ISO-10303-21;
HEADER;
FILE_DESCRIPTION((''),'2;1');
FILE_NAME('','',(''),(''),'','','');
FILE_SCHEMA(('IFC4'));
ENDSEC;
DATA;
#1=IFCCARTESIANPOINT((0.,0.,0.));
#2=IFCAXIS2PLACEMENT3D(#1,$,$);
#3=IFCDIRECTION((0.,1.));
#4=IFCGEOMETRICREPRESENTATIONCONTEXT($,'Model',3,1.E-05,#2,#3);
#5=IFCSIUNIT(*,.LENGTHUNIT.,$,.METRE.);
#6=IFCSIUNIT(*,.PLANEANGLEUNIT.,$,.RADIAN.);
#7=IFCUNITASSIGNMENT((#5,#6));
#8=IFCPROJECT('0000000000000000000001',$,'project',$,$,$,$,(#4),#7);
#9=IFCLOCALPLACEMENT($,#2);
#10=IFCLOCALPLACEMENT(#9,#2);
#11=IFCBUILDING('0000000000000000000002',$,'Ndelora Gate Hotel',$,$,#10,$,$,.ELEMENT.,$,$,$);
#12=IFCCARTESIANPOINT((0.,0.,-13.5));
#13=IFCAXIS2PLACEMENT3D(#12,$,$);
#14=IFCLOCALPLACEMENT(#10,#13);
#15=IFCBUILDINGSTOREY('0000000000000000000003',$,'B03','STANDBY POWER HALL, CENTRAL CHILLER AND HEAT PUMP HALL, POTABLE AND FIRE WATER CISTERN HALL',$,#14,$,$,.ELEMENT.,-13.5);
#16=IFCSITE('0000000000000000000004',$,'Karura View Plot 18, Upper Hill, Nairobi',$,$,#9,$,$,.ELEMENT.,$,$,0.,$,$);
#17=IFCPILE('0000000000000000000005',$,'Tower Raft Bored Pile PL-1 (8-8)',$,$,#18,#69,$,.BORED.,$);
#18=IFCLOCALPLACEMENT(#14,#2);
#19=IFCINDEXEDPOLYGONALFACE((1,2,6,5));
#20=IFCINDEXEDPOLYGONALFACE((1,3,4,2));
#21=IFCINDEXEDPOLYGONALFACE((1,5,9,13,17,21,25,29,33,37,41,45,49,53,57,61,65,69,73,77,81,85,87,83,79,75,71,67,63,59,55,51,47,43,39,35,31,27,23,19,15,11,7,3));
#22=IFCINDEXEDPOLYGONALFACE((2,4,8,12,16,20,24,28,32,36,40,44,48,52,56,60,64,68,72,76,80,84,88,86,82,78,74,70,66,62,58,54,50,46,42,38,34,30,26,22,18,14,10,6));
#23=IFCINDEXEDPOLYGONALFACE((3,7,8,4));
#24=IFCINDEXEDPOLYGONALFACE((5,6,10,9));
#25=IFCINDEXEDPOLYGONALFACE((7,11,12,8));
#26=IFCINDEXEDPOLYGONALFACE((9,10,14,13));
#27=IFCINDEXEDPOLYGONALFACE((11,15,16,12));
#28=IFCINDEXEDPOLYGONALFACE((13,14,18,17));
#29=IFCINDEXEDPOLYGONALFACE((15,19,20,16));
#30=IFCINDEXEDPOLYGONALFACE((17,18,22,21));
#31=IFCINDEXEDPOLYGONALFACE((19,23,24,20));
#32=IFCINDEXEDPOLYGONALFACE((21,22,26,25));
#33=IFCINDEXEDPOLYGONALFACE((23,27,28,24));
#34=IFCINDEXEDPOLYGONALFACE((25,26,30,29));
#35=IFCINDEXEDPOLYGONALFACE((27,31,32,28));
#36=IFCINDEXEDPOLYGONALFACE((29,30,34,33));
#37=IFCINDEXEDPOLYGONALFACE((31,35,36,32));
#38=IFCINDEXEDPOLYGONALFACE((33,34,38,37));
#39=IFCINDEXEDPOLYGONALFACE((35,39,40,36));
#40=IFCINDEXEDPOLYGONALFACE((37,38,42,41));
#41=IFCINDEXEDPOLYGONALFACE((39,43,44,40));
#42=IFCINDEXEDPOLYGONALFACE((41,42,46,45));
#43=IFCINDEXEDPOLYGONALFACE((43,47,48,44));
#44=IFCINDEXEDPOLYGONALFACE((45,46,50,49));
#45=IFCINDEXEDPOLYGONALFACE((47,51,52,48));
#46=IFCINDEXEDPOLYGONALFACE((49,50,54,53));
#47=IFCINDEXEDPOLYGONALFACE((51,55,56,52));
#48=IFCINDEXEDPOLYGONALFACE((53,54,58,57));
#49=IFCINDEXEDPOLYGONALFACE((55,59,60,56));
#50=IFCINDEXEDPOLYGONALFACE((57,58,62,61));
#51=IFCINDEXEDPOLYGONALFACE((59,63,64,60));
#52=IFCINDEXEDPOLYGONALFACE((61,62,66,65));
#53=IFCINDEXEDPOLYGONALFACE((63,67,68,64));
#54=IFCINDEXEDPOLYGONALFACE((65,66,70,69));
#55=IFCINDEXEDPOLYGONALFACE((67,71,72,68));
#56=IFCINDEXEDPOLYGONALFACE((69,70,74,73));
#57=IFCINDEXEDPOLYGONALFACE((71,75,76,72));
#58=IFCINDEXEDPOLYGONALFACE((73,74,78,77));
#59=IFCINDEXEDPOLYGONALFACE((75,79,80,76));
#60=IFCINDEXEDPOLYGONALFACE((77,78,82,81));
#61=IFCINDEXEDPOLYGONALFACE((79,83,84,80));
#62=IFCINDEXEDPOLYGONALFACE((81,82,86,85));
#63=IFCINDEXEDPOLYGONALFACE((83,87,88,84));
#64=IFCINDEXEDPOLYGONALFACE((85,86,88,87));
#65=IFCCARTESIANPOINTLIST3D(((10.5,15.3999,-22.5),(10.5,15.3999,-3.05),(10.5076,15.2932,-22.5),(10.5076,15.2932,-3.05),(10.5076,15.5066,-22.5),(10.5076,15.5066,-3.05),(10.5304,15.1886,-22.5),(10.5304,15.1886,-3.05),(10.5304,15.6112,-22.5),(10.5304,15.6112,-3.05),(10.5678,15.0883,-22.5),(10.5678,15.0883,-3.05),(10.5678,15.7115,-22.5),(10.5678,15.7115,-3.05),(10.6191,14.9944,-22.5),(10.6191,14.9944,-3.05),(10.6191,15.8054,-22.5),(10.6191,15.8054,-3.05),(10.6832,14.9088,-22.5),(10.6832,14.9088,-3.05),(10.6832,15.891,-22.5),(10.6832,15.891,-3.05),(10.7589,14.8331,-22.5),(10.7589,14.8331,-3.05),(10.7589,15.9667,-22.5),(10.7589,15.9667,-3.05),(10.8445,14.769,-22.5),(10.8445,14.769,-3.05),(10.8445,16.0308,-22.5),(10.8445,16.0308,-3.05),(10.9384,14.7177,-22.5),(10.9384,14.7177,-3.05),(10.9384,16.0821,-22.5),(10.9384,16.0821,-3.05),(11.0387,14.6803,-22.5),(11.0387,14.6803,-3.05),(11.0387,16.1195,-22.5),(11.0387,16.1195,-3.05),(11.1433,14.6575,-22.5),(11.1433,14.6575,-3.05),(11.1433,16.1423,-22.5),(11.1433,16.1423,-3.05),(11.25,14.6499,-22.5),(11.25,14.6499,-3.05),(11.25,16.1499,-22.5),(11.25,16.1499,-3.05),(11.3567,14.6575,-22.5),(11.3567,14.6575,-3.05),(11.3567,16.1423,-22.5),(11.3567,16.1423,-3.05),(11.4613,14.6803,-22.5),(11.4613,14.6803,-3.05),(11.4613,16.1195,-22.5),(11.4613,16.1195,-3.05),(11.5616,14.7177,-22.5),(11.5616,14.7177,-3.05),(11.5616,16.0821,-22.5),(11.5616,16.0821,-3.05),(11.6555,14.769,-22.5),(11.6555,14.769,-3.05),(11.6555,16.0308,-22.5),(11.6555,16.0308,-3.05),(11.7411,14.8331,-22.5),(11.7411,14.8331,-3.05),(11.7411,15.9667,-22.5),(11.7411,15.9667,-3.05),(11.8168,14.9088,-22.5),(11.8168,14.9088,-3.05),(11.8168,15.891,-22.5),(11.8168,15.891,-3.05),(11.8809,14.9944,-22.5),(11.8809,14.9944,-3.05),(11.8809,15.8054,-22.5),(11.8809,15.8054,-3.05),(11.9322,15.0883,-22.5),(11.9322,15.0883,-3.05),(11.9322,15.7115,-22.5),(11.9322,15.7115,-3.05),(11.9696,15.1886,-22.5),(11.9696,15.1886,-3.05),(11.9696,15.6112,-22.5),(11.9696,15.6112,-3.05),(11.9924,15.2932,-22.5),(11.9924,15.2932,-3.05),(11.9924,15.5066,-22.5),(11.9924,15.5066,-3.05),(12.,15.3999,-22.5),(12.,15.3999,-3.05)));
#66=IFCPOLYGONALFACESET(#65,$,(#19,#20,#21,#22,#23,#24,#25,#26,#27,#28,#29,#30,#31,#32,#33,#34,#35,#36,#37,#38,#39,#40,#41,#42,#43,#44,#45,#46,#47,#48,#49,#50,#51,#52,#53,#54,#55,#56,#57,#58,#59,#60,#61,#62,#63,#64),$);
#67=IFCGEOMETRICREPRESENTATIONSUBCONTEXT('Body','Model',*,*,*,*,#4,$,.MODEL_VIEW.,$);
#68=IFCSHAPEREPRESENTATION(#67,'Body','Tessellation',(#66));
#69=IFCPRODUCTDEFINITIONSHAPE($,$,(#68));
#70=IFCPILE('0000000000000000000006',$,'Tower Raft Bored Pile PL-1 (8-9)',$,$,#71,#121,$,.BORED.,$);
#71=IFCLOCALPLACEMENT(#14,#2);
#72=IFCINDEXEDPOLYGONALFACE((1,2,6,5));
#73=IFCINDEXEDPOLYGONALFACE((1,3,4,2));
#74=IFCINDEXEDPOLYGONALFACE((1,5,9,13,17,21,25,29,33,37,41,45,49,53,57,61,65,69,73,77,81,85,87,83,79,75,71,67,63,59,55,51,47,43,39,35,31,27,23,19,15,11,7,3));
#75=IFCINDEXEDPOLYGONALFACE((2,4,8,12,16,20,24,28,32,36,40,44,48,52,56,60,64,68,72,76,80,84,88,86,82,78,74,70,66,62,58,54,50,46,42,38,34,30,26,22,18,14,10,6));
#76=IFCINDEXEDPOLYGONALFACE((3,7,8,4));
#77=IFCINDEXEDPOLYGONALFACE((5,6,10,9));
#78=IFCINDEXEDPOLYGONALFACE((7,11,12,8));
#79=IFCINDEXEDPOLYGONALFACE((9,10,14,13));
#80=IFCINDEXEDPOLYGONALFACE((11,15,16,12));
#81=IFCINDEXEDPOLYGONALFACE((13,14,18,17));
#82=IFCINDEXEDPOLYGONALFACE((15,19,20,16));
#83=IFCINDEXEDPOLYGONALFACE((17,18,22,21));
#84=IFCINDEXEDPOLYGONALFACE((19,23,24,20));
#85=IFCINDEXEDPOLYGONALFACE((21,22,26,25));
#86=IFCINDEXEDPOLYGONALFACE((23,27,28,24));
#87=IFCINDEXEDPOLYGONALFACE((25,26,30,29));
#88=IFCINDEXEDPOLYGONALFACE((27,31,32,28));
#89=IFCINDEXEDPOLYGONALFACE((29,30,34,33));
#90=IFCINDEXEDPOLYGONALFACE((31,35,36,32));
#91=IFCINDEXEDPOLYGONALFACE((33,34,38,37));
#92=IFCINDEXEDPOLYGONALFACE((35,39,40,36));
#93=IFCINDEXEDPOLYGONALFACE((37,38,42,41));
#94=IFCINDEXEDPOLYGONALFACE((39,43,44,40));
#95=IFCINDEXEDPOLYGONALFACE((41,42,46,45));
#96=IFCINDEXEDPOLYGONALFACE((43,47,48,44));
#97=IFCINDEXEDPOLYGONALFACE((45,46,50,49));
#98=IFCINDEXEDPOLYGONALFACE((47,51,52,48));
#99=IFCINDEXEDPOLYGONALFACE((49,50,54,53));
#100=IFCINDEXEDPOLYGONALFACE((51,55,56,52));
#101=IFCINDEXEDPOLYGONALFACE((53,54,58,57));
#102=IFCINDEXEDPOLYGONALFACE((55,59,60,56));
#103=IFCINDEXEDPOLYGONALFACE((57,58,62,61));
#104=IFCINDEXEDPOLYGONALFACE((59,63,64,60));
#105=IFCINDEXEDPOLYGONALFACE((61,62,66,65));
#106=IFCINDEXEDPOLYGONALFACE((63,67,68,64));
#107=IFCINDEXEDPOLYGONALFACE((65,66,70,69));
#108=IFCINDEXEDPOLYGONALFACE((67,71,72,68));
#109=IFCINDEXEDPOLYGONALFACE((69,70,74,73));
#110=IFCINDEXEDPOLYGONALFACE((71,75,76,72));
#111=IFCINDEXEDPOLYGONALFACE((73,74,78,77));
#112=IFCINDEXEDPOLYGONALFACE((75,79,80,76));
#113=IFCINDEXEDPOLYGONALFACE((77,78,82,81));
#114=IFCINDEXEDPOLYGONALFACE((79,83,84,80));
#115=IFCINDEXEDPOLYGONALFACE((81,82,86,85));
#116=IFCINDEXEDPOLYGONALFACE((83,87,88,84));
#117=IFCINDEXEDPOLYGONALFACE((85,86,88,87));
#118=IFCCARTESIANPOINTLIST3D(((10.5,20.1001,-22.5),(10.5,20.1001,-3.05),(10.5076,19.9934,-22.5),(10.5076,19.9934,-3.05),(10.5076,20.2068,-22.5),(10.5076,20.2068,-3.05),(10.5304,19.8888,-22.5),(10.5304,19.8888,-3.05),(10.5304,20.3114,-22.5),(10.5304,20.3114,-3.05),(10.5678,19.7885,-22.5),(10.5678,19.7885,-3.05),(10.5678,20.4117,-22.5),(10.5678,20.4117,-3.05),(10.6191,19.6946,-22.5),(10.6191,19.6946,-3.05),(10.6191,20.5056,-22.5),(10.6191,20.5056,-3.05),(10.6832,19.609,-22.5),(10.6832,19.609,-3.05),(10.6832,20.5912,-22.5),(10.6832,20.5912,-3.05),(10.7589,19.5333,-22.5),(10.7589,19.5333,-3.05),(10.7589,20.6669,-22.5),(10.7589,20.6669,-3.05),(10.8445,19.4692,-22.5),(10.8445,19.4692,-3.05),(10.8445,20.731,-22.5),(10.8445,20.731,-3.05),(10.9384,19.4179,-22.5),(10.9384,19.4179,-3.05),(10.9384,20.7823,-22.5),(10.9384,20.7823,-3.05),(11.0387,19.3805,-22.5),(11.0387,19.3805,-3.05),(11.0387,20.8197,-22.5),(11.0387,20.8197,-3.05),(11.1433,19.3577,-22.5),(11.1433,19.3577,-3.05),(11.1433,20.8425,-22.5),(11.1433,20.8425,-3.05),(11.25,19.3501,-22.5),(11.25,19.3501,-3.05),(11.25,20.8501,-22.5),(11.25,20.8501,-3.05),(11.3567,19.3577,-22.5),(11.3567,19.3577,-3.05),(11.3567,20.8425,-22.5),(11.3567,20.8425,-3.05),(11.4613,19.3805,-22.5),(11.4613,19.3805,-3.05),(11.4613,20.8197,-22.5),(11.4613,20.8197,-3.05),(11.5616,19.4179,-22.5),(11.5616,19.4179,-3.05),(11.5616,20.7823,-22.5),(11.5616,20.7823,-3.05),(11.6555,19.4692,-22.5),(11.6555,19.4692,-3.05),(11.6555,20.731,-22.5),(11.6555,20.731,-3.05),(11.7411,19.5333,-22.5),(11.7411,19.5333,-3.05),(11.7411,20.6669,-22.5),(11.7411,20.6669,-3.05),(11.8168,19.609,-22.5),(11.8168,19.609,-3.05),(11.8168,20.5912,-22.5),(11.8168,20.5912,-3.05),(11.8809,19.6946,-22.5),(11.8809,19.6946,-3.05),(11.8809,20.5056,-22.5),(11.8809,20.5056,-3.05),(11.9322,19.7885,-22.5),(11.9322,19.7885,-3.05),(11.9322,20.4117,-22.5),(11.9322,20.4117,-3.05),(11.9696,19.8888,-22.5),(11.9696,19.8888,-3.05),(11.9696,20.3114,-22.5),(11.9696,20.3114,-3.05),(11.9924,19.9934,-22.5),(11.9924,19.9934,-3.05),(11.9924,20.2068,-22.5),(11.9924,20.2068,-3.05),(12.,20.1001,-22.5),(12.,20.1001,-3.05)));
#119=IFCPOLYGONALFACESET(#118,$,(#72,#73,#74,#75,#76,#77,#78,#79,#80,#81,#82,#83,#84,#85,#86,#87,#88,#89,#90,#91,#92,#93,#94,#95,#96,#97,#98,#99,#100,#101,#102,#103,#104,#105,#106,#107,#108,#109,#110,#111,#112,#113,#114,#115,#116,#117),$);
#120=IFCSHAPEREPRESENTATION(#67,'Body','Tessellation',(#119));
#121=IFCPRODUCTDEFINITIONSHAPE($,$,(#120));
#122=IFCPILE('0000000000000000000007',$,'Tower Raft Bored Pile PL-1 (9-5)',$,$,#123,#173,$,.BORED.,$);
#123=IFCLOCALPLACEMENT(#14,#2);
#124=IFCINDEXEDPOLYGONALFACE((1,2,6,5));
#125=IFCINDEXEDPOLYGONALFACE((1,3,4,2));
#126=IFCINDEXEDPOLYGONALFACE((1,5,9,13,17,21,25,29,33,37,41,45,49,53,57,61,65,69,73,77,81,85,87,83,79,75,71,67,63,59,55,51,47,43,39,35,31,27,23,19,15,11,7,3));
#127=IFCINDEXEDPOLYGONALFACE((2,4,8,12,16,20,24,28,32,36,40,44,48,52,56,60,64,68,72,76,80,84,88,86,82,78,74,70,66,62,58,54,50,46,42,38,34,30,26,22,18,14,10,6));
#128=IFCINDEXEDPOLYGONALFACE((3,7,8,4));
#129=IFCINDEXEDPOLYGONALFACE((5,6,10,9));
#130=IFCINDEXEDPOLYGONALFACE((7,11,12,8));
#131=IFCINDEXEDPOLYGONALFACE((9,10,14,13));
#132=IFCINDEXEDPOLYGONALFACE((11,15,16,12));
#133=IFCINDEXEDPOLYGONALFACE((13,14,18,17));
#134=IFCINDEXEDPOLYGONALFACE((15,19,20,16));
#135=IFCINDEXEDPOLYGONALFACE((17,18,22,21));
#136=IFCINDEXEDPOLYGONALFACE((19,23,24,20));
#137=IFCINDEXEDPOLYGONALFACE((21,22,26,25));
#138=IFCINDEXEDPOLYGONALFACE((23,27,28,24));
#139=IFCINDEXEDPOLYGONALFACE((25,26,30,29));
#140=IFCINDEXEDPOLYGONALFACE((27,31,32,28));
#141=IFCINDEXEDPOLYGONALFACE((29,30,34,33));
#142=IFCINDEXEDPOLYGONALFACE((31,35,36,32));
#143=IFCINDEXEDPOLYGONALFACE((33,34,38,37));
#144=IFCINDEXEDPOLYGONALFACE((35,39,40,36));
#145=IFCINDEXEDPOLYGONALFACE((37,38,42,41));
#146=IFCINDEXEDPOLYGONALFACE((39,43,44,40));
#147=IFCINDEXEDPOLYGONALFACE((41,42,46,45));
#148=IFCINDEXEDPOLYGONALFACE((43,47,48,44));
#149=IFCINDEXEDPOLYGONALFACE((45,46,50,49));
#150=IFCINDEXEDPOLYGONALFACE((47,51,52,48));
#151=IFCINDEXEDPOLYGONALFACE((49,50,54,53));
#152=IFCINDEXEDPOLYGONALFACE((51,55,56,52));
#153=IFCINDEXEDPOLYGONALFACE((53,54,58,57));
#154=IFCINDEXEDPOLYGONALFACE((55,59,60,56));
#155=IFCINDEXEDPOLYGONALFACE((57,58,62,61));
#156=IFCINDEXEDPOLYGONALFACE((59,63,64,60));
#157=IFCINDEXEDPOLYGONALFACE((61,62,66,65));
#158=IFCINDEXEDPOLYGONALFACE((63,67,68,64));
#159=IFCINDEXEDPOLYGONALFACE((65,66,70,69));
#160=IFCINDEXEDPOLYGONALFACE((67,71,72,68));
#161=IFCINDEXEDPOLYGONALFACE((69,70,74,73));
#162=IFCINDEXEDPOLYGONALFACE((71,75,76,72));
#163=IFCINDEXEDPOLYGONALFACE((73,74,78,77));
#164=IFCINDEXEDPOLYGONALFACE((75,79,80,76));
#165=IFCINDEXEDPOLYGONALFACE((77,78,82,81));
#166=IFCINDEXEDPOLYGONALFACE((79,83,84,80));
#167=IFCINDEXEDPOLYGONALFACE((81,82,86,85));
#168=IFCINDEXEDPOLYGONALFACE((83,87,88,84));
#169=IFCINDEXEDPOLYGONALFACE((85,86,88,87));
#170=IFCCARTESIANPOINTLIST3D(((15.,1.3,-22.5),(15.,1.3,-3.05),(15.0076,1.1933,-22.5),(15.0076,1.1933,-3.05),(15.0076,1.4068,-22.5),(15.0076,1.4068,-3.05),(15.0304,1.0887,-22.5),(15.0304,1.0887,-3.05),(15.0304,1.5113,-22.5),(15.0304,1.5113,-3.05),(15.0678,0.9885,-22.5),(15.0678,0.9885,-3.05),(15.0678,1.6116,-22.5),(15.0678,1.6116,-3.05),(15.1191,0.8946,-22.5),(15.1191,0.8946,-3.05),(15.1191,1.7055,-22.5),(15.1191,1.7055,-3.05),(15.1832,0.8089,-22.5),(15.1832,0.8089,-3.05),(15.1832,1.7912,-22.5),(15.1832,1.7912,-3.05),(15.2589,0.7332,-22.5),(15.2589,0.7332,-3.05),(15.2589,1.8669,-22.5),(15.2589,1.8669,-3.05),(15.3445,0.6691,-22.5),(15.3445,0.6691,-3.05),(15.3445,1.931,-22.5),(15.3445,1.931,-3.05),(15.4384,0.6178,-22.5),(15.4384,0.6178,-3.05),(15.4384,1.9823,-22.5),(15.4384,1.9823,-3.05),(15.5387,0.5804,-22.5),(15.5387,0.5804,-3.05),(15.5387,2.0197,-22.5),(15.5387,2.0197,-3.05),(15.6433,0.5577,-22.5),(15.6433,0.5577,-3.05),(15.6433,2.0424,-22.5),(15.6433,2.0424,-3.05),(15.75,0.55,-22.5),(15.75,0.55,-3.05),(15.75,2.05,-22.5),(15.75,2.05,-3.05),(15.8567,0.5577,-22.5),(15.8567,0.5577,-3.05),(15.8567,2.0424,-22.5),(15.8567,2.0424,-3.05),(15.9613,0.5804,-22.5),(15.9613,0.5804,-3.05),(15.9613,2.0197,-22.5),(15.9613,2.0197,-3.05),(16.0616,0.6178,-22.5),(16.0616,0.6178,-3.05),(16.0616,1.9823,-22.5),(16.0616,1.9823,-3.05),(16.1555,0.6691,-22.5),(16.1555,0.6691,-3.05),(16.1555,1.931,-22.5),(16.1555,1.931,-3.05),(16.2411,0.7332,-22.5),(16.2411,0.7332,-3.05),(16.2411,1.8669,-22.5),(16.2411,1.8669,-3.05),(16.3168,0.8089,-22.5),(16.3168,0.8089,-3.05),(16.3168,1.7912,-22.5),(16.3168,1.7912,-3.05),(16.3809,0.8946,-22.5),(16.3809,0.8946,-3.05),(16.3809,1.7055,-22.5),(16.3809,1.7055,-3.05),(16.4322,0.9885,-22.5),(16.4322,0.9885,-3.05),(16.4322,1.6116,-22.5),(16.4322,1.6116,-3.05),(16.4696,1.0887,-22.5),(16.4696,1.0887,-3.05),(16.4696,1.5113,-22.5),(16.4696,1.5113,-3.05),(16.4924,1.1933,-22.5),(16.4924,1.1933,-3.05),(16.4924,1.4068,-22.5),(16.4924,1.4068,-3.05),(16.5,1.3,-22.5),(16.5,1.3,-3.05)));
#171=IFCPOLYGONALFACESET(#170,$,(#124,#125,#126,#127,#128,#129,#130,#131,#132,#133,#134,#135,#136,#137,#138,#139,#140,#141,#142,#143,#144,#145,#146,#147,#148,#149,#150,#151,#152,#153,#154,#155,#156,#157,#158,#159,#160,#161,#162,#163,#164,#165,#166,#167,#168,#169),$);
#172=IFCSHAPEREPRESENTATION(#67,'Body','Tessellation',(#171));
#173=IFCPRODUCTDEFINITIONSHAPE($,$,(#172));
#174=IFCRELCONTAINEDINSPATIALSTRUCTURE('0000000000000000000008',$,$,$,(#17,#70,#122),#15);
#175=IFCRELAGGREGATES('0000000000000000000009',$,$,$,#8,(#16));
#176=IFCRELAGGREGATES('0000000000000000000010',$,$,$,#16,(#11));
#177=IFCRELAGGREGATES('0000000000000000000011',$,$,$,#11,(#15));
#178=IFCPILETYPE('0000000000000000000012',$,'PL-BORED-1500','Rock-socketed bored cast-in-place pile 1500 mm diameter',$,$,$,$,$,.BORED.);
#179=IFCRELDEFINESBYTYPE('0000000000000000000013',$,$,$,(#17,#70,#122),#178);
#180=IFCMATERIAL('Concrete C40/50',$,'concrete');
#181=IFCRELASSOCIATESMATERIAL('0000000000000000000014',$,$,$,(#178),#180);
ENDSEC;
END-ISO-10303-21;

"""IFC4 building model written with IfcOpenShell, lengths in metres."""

from ifc_helpers import new_model, si_unit, direction, frame, origin, origin_2d, place, context, subcontext, project, spatial, circle, extrude, material, material_profile, profile_set, type_object, element, save


model = new_model("IFC4")

# Units and contexts
model_context = context("Model", 3, precision=1e-05, world=origin(), true_north=direction((0.0, 1.0)))
body_context = subcontext(model_context, "Body", "Model", "MODEL_VIEW")
ifc_project = project(units=[si_unit("LENGTHUNIT", "METRE"), si_unit("PLANEANGLEUNIT", "RADIAN")], contexts=[model_context])

# Site, building, storey
site_placement = place(None, origin())
site = spatial("IfcSite", under=ifc_project, at=site_placement, Name="Karura View Plot 18, Upper Hill, Nairobi", CompositionType="ELEMENT", RefElevation=0.0)
building_placement = place(site_placement, origin())
building = spatial("IfcBuilding", under=site, at=building_placement, Name="Ndelora Gate Hotel", CompositionType="ELEMENT")
storey_placement = place(building_placement, frame((0.0, 0.0, -13.5)))
storey = spatial("IfcBuildingStorey", under=building, at=storey_placement, Name="B03", Description="STANDBY POWER HALL, CENTRAL CHILLER AND HEAT PUMP HALL, POTABLE AND FIRE WATER CISTERN HALL", CompositionType="ELEMENT", Elevation=-13.5)

# Piles
ifc_material_1 = material(Name="Concrete C40/50", Category="concrete")
ifc_material_profile_1 = material_profile(ifc_material_1, circle(Radius=0.75, at=origin_2d()), Name="PILE D1500")
ifc_profile_set_1 = profile_set([ifc_material_profile_1], Name="Concrete C40/50")
pile_type = type_object("IfcPileType", Name="PL-BORED-1500", Description="Rock-socketed bored cast-in-place pile 1500 mm diameter", PredefinedType="BORED", material=ifc_profile_set_1)
for number, where, z_axis, x_axis, name in (
    (1, (11.25, 15.3999, -3.05), (0.0, 0.0, -1.0), (1.0, 0.0, 0.0), "Tower Raft Bored Pile PL-1 (8-8)"),
    (2, (11.25, 20.1001, -3.05), (0.0, 0.0, -1.0), (1.0, 0.0, 0.0), "Tower Raft Bored Pile PL-1 (8-9)"),
    (3, (15.75, 1.3, -3.05), (0.0, 0.0, -1.0), (1.0, 0.0, 0.0), "Tower Raft Bored Pile PL-1 (9-5)"),
):
    element("IfcPile", number, at=place(storey_placement, frame(where, z_axis=z_axis, x_axis=x_axis)), inside=storey, type_object=pile_type, Name=name, PredefinedType="BORED", context=body_context, shape_type="SweptSolid", body=[
        extrude(circle(Radius=0.75, at=origin_2d()), origin(), (0.0, 0.0, 1.0), 19.45),
    ])

save(model, "model.ifc")
